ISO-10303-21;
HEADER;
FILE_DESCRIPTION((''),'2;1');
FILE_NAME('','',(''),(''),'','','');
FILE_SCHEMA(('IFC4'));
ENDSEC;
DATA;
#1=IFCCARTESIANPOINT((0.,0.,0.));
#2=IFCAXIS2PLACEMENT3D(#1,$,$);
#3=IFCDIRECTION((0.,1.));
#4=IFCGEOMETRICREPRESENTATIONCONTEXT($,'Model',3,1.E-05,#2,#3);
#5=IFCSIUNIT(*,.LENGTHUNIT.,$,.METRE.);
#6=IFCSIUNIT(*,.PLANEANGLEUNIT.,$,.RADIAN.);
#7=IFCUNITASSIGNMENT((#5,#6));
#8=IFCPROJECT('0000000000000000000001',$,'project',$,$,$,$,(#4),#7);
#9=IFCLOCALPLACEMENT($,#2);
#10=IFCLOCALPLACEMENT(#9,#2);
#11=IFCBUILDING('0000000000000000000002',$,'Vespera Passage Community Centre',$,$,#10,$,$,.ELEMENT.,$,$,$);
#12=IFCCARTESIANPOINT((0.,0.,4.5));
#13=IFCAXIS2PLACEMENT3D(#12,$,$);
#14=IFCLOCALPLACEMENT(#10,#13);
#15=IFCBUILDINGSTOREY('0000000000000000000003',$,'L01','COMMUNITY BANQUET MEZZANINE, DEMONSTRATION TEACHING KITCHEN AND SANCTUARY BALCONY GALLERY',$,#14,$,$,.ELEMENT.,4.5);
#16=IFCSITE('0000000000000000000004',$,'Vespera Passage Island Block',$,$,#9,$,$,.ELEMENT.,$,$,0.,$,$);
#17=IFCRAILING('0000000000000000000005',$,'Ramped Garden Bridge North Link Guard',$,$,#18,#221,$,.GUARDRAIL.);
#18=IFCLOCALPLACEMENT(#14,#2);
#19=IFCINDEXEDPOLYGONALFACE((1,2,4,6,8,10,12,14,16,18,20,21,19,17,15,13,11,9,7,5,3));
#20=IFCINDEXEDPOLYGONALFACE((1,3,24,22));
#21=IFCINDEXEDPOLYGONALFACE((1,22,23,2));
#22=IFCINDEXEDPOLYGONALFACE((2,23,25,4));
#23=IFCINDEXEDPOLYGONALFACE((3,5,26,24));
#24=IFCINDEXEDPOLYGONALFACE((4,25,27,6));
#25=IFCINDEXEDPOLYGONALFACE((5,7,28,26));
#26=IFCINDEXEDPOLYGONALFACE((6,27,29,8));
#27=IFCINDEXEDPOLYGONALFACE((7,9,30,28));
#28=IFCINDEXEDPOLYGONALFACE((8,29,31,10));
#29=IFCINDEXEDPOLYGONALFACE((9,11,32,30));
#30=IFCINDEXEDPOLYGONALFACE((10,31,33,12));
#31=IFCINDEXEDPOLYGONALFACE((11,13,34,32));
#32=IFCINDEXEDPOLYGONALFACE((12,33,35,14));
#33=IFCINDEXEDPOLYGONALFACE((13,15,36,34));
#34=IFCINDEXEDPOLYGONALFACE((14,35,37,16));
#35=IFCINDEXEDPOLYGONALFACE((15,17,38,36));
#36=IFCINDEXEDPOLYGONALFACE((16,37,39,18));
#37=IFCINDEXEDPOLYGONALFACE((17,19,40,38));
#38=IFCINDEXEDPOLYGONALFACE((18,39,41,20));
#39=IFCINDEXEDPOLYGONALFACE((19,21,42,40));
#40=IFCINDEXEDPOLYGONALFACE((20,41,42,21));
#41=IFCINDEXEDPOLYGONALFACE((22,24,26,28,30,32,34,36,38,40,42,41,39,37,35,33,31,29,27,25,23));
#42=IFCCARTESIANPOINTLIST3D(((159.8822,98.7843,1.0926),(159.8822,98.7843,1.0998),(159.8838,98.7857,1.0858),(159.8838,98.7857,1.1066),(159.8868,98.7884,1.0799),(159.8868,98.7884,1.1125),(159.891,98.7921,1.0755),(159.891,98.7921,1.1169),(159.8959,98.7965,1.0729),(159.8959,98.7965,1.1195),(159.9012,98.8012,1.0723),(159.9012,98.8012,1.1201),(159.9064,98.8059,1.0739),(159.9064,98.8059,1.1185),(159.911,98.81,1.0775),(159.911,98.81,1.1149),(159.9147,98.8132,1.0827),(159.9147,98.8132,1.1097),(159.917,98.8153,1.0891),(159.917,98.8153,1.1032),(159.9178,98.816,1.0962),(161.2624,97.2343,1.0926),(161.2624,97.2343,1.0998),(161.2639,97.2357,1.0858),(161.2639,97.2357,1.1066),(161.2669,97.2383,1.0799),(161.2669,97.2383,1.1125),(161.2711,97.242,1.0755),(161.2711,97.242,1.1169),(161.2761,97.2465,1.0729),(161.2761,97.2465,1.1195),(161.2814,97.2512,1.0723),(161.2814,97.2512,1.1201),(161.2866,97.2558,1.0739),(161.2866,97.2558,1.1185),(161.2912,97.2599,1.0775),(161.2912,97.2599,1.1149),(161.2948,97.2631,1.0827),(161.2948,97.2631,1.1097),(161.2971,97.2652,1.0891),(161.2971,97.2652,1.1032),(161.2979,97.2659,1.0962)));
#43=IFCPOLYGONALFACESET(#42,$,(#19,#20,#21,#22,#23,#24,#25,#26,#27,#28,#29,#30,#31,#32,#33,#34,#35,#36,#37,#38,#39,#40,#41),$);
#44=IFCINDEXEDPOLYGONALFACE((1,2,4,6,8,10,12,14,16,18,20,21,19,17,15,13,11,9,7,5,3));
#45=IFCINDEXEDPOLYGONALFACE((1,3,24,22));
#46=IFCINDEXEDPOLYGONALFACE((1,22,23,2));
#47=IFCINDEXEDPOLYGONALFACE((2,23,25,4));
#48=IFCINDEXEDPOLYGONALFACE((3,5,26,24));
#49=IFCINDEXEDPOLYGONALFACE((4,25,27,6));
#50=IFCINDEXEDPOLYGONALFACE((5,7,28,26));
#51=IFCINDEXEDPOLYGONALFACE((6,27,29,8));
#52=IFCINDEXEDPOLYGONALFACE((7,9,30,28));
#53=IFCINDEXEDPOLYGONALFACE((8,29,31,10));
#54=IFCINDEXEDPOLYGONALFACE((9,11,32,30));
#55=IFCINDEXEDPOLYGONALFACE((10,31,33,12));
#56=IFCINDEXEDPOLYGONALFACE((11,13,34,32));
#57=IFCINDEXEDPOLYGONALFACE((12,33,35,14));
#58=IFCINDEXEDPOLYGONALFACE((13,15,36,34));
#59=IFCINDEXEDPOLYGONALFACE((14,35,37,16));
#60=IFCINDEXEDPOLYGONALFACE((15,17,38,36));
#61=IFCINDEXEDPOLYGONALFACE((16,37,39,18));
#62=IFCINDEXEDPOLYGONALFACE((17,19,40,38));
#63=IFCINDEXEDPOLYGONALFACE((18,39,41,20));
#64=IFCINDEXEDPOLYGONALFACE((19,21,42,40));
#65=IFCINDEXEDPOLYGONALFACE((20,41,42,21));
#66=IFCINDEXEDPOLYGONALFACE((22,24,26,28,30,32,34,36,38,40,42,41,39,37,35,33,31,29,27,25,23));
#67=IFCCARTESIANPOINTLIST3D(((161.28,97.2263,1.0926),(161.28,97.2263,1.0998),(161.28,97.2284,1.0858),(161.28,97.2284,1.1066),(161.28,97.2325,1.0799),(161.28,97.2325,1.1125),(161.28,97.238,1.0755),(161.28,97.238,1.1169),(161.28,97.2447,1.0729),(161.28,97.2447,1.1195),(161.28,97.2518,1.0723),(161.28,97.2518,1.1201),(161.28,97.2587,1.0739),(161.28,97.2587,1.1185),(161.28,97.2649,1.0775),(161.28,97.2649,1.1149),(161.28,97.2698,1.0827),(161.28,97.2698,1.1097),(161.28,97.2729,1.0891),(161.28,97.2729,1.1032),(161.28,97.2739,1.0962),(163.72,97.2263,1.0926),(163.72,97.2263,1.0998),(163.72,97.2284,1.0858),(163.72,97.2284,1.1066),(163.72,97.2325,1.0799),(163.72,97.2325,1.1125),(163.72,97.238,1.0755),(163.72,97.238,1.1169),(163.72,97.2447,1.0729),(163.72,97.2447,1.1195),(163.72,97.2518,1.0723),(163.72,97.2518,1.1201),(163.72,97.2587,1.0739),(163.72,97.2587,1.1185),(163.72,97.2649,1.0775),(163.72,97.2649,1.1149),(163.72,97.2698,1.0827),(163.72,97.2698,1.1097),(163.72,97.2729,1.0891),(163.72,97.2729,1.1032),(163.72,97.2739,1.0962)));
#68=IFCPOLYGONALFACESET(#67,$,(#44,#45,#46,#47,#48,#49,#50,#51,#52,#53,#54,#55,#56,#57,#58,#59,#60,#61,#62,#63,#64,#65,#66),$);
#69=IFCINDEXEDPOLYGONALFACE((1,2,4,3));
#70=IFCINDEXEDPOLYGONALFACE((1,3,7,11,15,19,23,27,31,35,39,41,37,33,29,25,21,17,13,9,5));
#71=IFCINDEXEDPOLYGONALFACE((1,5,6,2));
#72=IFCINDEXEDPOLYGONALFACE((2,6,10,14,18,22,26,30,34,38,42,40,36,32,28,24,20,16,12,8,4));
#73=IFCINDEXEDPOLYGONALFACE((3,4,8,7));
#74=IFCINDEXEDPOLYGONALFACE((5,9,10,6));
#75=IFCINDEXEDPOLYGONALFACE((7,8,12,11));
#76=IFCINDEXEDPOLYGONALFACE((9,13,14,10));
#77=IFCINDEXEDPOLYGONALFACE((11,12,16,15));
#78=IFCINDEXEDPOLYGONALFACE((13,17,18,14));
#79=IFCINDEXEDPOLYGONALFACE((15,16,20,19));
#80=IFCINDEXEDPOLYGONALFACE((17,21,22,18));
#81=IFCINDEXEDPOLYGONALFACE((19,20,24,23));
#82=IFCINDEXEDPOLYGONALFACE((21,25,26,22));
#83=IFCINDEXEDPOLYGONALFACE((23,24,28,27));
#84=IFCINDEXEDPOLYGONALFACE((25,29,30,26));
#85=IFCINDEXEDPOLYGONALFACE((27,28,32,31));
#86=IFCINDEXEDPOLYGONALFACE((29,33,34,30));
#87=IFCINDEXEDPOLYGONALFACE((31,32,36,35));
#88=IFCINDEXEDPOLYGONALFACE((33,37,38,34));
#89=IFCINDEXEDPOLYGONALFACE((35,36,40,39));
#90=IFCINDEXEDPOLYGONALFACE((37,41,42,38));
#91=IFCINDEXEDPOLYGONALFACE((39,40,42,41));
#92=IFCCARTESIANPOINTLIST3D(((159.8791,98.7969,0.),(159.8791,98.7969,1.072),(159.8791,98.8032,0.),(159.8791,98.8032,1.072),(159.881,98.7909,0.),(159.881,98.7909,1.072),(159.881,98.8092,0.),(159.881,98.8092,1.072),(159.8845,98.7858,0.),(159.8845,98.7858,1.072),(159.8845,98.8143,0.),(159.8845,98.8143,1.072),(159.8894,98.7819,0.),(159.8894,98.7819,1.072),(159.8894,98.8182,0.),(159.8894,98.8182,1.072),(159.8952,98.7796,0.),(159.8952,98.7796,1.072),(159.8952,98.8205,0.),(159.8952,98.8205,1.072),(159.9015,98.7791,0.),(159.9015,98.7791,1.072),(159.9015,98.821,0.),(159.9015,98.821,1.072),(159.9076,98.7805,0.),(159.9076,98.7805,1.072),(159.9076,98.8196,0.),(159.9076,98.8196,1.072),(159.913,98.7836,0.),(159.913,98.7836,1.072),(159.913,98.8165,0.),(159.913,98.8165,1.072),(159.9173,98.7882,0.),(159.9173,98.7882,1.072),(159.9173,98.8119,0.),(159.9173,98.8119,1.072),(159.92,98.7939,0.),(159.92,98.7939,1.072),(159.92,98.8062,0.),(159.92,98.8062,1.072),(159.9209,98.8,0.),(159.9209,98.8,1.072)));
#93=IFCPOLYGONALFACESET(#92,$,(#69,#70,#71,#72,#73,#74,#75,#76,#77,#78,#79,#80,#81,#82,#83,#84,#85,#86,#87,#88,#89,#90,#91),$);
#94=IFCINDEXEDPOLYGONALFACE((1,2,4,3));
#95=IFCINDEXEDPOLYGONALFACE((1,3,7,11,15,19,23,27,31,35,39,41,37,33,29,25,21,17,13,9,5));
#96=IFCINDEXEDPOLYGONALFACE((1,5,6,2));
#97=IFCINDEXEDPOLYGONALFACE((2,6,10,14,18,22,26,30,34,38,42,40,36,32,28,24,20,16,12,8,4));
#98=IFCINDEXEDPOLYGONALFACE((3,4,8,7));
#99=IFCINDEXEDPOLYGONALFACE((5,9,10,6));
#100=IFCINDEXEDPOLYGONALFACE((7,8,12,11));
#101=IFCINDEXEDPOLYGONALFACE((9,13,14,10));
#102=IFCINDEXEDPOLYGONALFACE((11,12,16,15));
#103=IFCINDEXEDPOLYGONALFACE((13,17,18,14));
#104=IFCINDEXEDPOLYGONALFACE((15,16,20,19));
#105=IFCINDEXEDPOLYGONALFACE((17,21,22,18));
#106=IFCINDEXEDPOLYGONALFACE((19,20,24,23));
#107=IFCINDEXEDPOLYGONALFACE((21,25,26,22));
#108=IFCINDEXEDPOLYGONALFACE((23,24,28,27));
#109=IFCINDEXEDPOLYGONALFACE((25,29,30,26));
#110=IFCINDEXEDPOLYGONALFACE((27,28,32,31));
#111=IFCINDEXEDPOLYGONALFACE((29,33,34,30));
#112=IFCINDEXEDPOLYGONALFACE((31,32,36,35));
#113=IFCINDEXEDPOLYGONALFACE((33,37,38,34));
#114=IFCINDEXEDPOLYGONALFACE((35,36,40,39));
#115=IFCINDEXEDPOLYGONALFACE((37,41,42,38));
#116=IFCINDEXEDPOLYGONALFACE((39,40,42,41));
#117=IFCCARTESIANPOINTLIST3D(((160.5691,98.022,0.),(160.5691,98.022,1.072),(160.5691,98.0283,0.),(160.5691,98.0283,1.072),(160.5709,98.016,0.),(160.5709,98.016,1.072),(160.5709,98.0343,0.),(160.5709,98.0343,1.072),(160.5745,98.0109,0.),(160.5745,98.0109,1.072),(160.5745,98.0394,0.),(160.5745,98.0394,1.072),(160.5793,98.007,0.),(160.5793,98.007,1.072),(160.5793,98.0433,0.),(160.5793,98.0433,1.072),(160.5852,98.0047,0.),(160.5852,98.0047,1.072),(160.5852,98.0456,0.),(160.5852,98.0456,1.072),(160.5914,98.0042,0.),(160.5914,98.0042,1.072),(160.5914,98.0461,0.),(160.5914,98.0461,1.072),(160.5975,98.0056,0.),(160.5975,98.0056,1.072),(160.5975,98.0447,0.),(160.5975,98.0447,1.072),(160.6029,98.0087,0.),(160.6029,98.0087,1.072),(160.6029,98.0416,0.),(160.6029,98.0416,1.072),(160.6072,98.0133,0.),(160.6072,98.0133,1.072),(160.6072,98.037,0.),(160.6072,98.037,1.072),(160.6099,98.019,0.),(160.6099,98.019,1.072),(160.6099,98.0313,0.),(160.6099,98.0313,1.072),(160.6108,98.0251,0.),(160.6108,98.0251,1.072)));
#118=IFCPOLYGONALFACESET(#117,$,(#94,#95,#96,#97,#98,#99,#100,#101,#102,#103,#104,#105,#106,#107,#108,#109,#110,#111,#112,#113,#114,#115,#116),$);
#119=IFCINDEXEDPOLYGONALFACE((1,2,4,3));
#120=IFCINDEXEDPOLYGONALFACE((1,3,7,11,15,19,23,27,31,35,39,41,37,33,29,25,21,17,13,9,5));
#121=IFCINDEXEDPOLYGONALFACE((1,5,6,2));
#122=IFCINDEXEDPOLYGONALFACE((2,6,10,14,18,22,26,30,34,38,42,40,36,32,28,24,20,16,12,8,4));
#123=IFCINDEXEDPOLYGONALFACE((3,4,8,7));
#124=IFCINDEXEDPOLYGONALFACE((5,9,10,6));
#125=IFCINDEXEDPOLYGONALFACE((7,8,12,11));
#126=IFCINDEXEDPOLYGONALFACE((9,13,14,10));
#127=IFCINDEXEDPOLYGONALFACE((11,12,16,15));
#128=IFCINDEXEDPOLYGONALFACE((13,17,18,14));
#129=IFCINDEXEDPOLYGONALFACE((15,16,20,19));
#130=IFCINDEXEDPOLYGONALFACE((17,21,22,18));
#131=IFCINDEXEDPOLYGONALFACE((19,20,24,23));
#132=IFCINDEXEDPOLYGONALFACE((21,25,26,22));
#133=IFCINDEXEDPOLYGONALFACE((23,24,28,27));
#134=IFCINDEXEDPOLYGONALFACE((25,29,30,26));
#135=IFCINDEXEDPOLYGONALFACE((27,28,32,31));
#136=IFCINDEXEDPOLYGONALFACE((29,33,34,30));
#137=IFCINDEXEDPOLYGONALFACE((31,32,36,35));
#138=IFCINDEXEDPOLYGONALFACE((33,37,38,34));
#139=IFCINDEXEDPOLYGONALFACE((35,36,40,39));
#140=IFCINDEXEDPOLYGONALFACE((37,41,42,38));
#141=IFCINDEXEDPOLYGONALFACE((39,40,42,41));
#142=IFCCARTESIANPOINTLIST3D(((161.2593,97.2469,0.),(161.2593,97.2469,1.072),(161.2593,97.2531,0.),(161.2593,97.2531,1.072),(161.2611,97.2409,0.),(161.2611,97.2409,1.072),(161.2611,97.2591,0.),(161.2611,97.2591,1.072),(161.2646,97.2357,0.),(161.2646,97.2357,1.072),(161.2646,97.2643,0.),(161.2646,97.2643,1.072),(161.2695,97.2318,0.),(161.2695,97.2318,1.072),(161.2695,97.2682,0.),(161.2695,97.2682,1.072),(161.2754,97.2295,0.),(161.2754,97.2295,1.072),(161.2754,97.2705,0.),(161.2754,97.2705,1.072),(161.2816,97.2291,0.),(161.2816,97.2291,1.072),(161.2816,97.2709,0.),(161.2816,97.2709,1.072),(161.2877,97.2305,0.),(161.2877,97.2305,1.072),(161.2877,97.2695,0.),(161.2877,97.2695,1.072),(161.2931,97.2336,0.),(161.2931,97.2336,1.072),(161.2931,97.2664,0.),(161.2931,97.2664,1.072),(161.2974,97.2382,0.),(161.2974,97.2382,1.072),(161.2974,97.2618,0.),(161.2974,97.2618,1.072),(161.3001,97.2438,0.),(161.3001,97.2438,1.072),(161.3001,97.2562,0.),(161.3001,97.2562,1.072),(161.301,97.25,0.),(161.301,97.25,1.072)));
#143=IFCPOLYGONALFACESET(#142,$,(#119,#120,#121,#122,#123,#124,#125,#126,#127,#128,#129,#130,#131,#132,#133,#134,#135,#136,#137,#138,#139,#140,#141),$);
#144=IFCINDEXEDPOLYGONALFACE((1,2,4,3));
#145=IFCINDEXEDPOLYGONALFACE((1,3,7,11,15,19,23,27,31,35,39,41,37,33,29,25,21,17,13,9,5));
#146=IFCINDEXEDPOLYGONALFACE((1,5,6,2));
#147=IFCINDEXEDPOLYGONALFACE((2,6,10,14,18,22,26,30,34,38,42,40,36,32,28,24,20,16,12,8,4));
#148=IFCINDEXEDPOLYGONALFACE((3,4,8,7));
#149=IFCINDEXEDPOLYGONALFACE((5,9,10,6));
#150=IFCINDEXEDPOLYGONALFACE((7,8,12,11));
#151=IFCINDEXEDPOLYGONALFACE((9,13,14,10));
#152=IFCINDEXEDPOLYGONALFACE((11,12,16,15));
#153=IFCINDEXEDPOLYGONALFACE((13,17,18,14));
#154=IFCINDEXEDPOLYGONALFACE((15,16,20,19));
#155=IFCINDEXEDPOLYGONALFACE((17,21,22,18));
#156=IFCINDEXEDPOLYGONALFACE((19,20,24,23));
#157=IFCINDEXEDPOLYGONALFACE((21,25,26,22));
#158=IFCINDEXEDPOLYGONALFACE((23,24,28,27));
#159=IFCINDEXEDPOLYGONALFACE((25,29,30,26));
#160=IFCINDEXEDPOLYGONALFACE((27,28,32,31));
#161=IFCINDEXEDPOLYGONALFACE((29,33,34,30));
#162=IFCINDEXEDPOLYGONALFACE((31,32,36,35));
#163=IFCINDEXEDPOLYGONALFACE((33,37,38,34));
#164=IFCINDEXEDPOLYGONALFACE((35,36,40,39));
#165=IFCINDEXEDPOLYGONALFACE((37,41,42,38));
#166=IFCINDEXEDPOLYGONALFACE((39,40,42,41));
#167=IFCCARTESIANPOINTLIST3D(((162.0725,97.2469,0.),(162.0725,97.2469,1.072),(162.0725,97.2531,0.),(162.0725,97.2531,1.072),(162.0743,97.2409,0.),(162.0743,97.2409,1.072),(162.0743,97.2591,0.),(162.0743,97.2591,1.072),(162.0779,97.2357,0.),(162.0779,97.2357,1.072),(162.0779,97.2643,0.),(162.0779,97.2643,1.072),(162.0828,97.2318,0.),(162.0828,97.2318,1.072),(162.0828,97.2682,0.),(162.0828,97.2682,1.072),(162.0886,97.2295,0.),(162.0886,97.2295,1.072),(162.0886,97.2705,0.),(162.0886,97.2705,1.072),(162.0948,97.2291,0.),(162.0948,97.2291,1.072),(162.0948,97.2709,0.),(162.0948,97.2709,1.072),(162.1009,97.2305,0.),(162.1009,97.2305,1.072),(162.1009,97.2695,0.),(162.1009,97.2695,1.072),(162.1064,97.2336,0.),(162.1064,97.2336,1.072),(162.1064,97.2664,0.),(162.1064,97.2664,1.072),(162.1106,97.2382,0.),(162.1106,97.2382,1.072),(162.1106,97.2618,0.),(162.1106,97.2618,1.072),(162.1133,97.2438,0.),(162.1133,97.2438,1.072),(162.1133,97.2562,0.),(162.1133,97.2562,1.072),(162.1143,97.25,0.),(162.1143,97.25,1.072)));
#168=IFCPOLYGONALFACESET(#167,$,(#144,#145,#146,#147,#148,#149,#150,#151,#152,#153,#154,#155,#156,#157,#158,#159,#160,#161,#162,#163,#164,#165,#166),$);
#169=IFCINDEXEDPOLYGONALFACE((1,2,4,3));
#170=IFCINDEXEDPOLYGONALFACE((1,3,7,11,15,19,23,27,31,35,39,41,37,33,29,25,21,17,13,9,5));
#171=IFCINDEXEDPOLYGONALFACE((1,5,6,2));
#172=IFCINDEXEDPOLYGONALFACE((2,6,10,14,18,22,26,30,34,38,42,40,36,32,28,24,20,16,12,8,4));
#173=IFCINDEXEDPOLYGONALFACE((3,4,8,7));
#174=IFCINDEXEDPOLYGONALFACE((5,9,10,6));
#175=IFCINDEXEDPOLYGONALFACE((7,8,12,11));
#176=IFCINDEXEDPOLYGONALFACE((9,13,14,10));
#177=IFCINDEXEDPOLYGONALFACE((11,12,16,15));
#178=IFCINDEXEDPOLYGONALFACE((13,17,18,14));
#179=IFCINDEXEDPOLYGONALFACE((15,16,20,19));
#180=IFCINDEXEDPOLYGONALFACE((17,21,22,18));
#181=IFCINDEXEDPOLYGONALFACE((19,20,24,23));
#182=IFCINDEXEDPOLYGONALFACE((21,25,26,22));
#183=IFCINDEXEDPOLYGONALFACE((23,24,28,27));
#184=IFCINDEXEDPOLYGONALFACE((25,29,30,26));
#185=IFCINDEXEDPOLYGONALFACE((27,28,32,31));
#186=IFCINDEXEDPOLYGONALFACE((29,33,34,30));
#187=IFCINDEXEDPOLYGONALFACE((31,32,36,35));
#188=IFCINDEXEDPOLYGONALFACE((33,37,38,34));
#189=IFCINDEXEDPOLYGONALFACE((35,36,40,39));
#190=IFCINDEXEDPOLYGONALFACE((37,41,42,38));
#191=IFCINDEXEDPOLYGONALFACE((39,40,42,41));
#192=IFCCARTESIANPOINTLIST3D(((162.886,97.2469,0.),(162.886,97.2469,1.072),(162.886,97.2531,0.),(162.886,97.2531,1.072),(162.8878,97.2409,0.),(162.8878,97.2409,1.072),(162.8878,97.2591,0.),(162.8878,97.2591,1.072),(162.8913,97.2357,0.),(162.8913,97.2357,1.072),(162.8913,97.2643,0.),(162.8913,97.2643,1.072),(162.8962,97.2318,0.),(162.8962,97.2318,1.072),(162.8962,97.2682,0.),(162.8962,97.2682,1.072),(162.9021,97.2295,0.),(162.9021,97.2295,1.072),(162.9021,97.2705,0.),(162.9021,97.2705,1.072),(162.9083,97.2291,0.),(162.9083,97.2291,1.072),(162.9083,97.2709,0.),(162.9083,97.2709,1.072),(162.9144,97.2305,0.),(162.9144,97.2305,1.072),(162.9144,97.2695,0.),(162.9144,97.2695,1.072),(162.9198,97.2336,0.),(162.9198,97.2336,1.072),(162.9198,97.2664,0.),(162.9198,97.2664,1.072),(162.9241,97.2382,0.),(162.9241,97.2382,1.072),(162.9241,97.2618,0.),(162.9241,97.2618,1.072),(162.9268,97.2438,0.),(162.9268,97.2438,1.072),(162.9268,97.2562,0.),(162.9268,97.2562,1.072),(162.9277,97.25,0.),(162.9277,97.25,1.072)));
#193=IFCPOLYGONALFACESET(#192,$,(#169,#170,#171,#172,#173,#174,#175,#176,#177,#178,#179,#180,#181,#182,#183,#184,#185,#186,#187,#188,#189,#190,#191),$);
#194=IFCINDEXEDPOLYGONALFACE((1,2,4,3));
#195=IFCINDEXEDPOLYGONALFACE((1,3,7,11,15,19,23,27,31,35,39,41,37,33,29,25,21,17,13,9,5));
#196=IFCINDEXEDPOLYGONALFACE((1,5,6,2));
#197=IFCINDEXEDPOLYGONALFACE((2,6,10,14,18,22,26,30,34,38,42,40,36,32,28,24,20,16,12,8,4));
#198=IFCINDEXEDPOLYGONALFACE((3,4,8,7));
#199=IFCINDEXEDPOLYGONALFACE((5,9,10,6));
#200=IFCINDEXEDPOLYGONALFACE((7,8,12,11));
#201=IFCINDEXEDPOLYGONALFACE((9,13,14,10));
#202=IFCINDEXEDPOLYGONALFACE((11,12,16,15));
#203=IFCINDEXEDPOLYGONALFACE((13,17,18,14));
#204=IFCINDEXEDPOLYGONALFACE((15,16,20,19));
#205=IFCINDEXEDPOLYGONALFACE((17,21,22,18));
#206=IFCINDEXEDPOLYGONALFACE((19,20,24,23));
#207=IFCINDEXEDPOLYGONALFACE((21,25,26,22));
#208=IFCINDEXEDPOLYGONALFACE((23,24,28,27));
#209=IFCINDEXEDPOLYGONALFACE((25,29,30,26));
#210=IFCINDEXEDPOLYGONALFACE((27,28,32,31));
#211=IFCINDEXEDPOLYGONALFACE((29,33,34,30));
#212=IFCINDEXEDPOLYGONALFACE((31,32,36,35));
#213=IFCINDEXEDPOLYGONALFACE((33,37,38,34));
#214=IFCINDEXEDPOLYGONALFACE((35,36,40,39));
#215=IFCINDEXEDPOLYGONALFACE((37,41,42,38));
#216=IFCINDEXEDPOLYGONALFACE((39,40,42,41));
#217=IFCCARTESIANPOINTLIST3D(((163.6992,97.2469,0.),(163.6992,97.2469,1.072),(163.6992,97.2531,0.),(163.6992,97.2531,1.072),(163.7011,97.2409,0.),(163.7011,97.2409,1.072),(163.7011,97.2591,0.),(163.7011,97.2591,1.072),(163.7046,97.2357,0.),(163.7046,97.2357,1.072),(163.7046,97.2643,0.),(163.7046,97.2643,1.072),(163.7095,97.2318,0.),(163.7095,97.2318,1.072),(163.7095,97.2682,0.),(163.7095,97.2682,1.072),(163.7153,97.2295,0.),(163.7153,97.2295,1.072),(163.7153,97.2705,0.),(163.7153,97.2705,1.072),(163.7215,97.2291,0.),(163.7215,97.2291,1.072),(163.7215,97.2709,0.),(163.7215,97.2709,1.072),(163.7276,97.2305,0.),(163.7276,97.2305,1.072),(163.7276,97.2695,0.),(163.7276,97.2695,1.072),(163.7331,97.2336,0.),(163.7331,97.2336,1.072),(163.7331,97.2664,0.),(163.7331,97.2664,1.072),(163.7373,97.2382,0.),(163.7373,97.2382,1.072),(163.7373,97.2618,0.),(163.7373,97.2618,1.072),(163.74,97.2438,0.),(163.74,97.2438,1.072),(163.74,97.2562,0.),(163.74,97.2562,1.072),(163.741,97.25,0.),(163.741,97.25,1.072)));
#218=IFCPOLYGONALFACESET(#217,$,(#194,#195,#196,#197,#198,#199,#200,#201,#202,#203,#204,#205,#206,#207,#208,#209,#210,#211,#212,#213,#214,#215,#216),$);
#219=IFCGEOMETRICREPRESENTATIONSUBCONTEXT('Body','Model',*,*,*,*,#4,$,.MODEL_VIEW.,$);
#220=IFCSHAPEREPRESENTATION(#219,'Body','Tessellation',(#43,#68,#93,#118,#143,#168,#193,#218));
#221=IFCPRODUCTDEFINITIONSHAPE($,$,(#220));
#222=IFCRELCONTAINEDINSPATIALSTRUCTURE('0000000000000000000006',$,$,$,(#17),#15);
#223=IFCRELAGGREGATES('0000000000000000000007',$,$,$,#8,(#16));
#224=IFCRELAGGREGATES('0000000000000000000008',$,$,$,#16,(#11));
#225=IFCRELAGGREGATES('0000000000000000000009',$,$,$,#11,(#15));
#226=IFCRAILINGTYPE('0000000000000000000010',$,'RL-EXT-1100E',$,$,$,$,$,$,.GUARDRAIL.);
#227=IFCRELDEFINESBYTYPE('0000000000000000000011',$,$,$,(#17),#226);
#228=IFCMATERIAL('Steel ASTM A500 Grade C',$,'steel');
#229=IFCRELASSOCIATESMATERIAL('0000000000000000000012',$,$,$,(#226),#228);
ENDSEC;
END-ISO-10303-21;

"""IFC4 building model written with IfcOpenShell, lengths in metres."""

from ifc_helpers import new_model, si_unit, direction, frame, origin, origin_2d, place, context, subcontext, project, spatial, circle, extrude, material, type_object, element, save


model = new_model("IFC4")

# Units and contexts
model_context = context("Model", 3, precision=1e-05, world=origin(), true_north=direction((0.0, 1.0)))
body_context = subcontext(model_context, "Body", "Model", "MODEL_VIEW")
ifc_project = project(units=[si_unit("LENGTHUNIT", "METRE"), si_unit("PLANEANGLEUNIT", "RADIAN")], contexts=[model_context])

# Site, building, storey
site_placement = place(None, origin())
site = spatial("IfcSite", under=ifc_project, at=site_placement, Name="Vespera Passage Island Block", CompositionType="ELEMENT", RefElevation=0.0)
building_placement = place(site_placement, origin())
building = spatial("IfcBuilding", under=site, at=building_placement, Name="Vespera Passage Community Centre", CompositionType="ELEMENT")
storey_placement = place(building_placement, frame((0.0, 0.0, 4.5)))
storey = spatial("IfcBuildingStorey", under=building, at=storey_placement, Name="L01", Description="COMMUNITY BANQUET MEZZANINE, DEMONSTRATION TEACHING KITCHEN AND SANCTUARY BALCONY GALLERY", CompositionType="ELEMENT", Elevation=4.5)

# Railing
ifc_material_1 = material(Name="Steel ASTM A500 Grade C", Category="steel")
railing_type_1 = type_object("IfcRailingType", Name="RL-EXT-1100E", PredefinedType="GUARDRAIL", material=ifc_material_1)
railing_1_placement = place(storey_placement, frame((159.8999, 98.8, 0.0)))
element("IfcRailing", 1, at=railing_1_placement, inside=storey, type_object=railing_type_1, Name="Ramped Garden Bridge North Link Guard", PredefinedType="GUARDRAIL", context=body_context, shape_type="SweptSolid", body=[
    extrude(circle(Radius=0.0239, at=origin_2d()), frame((0.0, 0.0, 1.0962), z_axis=(0.664984, -0.746857, 0.0), x_axis=(0.746857, 0.664984, 0.0)), (0.0, 0.0, 1.0), 2.0754),
    extrude(circle(Radius=0.0239, at=origin_2d()), frame((1.3801, -1.55, 1.0962), z_axis=(1.0, 0.0, 0.0), x_axis=(0.0, 1.0, 0.0)), (0.0, 0.0, 1.0), 2.4399),
    extrude(circle(Radius=0.021, at=origin_2d()), origin(), (0.0, 0.0, 1.0), 1.072),
    extrude(circle(Radius=0.021, at=origin_2d()), frame((0.6899, -0.7749, 0.0)), (0.0, 0.0, 1.0), 1.072),
    extrude(circle(Radius=0.021, at=origin_2d()), frame((1.3801, -1.55, 0.0)), (0.0, 0.0, 1.0), 1.072),
    extrude(circle(Radius=0.021, at=origin_2d()), frame((2.1934, -1.55, 0.0)), (0.0, 0.0, 1.0), 1.072),
    extrude(circle(Radius=0.021, at=origin_2d()), frame((3.0068, -1.55, 0.0)), (0.0, 0.0, 1.0), 1.072),
    extrude(circle(Radius=0.021, at=origin_2d()), frame((3.8201, -1.55, 0.0)), (0.0, 0.0, 1.0), 1.072),
])

save(model, "model.ifc")
